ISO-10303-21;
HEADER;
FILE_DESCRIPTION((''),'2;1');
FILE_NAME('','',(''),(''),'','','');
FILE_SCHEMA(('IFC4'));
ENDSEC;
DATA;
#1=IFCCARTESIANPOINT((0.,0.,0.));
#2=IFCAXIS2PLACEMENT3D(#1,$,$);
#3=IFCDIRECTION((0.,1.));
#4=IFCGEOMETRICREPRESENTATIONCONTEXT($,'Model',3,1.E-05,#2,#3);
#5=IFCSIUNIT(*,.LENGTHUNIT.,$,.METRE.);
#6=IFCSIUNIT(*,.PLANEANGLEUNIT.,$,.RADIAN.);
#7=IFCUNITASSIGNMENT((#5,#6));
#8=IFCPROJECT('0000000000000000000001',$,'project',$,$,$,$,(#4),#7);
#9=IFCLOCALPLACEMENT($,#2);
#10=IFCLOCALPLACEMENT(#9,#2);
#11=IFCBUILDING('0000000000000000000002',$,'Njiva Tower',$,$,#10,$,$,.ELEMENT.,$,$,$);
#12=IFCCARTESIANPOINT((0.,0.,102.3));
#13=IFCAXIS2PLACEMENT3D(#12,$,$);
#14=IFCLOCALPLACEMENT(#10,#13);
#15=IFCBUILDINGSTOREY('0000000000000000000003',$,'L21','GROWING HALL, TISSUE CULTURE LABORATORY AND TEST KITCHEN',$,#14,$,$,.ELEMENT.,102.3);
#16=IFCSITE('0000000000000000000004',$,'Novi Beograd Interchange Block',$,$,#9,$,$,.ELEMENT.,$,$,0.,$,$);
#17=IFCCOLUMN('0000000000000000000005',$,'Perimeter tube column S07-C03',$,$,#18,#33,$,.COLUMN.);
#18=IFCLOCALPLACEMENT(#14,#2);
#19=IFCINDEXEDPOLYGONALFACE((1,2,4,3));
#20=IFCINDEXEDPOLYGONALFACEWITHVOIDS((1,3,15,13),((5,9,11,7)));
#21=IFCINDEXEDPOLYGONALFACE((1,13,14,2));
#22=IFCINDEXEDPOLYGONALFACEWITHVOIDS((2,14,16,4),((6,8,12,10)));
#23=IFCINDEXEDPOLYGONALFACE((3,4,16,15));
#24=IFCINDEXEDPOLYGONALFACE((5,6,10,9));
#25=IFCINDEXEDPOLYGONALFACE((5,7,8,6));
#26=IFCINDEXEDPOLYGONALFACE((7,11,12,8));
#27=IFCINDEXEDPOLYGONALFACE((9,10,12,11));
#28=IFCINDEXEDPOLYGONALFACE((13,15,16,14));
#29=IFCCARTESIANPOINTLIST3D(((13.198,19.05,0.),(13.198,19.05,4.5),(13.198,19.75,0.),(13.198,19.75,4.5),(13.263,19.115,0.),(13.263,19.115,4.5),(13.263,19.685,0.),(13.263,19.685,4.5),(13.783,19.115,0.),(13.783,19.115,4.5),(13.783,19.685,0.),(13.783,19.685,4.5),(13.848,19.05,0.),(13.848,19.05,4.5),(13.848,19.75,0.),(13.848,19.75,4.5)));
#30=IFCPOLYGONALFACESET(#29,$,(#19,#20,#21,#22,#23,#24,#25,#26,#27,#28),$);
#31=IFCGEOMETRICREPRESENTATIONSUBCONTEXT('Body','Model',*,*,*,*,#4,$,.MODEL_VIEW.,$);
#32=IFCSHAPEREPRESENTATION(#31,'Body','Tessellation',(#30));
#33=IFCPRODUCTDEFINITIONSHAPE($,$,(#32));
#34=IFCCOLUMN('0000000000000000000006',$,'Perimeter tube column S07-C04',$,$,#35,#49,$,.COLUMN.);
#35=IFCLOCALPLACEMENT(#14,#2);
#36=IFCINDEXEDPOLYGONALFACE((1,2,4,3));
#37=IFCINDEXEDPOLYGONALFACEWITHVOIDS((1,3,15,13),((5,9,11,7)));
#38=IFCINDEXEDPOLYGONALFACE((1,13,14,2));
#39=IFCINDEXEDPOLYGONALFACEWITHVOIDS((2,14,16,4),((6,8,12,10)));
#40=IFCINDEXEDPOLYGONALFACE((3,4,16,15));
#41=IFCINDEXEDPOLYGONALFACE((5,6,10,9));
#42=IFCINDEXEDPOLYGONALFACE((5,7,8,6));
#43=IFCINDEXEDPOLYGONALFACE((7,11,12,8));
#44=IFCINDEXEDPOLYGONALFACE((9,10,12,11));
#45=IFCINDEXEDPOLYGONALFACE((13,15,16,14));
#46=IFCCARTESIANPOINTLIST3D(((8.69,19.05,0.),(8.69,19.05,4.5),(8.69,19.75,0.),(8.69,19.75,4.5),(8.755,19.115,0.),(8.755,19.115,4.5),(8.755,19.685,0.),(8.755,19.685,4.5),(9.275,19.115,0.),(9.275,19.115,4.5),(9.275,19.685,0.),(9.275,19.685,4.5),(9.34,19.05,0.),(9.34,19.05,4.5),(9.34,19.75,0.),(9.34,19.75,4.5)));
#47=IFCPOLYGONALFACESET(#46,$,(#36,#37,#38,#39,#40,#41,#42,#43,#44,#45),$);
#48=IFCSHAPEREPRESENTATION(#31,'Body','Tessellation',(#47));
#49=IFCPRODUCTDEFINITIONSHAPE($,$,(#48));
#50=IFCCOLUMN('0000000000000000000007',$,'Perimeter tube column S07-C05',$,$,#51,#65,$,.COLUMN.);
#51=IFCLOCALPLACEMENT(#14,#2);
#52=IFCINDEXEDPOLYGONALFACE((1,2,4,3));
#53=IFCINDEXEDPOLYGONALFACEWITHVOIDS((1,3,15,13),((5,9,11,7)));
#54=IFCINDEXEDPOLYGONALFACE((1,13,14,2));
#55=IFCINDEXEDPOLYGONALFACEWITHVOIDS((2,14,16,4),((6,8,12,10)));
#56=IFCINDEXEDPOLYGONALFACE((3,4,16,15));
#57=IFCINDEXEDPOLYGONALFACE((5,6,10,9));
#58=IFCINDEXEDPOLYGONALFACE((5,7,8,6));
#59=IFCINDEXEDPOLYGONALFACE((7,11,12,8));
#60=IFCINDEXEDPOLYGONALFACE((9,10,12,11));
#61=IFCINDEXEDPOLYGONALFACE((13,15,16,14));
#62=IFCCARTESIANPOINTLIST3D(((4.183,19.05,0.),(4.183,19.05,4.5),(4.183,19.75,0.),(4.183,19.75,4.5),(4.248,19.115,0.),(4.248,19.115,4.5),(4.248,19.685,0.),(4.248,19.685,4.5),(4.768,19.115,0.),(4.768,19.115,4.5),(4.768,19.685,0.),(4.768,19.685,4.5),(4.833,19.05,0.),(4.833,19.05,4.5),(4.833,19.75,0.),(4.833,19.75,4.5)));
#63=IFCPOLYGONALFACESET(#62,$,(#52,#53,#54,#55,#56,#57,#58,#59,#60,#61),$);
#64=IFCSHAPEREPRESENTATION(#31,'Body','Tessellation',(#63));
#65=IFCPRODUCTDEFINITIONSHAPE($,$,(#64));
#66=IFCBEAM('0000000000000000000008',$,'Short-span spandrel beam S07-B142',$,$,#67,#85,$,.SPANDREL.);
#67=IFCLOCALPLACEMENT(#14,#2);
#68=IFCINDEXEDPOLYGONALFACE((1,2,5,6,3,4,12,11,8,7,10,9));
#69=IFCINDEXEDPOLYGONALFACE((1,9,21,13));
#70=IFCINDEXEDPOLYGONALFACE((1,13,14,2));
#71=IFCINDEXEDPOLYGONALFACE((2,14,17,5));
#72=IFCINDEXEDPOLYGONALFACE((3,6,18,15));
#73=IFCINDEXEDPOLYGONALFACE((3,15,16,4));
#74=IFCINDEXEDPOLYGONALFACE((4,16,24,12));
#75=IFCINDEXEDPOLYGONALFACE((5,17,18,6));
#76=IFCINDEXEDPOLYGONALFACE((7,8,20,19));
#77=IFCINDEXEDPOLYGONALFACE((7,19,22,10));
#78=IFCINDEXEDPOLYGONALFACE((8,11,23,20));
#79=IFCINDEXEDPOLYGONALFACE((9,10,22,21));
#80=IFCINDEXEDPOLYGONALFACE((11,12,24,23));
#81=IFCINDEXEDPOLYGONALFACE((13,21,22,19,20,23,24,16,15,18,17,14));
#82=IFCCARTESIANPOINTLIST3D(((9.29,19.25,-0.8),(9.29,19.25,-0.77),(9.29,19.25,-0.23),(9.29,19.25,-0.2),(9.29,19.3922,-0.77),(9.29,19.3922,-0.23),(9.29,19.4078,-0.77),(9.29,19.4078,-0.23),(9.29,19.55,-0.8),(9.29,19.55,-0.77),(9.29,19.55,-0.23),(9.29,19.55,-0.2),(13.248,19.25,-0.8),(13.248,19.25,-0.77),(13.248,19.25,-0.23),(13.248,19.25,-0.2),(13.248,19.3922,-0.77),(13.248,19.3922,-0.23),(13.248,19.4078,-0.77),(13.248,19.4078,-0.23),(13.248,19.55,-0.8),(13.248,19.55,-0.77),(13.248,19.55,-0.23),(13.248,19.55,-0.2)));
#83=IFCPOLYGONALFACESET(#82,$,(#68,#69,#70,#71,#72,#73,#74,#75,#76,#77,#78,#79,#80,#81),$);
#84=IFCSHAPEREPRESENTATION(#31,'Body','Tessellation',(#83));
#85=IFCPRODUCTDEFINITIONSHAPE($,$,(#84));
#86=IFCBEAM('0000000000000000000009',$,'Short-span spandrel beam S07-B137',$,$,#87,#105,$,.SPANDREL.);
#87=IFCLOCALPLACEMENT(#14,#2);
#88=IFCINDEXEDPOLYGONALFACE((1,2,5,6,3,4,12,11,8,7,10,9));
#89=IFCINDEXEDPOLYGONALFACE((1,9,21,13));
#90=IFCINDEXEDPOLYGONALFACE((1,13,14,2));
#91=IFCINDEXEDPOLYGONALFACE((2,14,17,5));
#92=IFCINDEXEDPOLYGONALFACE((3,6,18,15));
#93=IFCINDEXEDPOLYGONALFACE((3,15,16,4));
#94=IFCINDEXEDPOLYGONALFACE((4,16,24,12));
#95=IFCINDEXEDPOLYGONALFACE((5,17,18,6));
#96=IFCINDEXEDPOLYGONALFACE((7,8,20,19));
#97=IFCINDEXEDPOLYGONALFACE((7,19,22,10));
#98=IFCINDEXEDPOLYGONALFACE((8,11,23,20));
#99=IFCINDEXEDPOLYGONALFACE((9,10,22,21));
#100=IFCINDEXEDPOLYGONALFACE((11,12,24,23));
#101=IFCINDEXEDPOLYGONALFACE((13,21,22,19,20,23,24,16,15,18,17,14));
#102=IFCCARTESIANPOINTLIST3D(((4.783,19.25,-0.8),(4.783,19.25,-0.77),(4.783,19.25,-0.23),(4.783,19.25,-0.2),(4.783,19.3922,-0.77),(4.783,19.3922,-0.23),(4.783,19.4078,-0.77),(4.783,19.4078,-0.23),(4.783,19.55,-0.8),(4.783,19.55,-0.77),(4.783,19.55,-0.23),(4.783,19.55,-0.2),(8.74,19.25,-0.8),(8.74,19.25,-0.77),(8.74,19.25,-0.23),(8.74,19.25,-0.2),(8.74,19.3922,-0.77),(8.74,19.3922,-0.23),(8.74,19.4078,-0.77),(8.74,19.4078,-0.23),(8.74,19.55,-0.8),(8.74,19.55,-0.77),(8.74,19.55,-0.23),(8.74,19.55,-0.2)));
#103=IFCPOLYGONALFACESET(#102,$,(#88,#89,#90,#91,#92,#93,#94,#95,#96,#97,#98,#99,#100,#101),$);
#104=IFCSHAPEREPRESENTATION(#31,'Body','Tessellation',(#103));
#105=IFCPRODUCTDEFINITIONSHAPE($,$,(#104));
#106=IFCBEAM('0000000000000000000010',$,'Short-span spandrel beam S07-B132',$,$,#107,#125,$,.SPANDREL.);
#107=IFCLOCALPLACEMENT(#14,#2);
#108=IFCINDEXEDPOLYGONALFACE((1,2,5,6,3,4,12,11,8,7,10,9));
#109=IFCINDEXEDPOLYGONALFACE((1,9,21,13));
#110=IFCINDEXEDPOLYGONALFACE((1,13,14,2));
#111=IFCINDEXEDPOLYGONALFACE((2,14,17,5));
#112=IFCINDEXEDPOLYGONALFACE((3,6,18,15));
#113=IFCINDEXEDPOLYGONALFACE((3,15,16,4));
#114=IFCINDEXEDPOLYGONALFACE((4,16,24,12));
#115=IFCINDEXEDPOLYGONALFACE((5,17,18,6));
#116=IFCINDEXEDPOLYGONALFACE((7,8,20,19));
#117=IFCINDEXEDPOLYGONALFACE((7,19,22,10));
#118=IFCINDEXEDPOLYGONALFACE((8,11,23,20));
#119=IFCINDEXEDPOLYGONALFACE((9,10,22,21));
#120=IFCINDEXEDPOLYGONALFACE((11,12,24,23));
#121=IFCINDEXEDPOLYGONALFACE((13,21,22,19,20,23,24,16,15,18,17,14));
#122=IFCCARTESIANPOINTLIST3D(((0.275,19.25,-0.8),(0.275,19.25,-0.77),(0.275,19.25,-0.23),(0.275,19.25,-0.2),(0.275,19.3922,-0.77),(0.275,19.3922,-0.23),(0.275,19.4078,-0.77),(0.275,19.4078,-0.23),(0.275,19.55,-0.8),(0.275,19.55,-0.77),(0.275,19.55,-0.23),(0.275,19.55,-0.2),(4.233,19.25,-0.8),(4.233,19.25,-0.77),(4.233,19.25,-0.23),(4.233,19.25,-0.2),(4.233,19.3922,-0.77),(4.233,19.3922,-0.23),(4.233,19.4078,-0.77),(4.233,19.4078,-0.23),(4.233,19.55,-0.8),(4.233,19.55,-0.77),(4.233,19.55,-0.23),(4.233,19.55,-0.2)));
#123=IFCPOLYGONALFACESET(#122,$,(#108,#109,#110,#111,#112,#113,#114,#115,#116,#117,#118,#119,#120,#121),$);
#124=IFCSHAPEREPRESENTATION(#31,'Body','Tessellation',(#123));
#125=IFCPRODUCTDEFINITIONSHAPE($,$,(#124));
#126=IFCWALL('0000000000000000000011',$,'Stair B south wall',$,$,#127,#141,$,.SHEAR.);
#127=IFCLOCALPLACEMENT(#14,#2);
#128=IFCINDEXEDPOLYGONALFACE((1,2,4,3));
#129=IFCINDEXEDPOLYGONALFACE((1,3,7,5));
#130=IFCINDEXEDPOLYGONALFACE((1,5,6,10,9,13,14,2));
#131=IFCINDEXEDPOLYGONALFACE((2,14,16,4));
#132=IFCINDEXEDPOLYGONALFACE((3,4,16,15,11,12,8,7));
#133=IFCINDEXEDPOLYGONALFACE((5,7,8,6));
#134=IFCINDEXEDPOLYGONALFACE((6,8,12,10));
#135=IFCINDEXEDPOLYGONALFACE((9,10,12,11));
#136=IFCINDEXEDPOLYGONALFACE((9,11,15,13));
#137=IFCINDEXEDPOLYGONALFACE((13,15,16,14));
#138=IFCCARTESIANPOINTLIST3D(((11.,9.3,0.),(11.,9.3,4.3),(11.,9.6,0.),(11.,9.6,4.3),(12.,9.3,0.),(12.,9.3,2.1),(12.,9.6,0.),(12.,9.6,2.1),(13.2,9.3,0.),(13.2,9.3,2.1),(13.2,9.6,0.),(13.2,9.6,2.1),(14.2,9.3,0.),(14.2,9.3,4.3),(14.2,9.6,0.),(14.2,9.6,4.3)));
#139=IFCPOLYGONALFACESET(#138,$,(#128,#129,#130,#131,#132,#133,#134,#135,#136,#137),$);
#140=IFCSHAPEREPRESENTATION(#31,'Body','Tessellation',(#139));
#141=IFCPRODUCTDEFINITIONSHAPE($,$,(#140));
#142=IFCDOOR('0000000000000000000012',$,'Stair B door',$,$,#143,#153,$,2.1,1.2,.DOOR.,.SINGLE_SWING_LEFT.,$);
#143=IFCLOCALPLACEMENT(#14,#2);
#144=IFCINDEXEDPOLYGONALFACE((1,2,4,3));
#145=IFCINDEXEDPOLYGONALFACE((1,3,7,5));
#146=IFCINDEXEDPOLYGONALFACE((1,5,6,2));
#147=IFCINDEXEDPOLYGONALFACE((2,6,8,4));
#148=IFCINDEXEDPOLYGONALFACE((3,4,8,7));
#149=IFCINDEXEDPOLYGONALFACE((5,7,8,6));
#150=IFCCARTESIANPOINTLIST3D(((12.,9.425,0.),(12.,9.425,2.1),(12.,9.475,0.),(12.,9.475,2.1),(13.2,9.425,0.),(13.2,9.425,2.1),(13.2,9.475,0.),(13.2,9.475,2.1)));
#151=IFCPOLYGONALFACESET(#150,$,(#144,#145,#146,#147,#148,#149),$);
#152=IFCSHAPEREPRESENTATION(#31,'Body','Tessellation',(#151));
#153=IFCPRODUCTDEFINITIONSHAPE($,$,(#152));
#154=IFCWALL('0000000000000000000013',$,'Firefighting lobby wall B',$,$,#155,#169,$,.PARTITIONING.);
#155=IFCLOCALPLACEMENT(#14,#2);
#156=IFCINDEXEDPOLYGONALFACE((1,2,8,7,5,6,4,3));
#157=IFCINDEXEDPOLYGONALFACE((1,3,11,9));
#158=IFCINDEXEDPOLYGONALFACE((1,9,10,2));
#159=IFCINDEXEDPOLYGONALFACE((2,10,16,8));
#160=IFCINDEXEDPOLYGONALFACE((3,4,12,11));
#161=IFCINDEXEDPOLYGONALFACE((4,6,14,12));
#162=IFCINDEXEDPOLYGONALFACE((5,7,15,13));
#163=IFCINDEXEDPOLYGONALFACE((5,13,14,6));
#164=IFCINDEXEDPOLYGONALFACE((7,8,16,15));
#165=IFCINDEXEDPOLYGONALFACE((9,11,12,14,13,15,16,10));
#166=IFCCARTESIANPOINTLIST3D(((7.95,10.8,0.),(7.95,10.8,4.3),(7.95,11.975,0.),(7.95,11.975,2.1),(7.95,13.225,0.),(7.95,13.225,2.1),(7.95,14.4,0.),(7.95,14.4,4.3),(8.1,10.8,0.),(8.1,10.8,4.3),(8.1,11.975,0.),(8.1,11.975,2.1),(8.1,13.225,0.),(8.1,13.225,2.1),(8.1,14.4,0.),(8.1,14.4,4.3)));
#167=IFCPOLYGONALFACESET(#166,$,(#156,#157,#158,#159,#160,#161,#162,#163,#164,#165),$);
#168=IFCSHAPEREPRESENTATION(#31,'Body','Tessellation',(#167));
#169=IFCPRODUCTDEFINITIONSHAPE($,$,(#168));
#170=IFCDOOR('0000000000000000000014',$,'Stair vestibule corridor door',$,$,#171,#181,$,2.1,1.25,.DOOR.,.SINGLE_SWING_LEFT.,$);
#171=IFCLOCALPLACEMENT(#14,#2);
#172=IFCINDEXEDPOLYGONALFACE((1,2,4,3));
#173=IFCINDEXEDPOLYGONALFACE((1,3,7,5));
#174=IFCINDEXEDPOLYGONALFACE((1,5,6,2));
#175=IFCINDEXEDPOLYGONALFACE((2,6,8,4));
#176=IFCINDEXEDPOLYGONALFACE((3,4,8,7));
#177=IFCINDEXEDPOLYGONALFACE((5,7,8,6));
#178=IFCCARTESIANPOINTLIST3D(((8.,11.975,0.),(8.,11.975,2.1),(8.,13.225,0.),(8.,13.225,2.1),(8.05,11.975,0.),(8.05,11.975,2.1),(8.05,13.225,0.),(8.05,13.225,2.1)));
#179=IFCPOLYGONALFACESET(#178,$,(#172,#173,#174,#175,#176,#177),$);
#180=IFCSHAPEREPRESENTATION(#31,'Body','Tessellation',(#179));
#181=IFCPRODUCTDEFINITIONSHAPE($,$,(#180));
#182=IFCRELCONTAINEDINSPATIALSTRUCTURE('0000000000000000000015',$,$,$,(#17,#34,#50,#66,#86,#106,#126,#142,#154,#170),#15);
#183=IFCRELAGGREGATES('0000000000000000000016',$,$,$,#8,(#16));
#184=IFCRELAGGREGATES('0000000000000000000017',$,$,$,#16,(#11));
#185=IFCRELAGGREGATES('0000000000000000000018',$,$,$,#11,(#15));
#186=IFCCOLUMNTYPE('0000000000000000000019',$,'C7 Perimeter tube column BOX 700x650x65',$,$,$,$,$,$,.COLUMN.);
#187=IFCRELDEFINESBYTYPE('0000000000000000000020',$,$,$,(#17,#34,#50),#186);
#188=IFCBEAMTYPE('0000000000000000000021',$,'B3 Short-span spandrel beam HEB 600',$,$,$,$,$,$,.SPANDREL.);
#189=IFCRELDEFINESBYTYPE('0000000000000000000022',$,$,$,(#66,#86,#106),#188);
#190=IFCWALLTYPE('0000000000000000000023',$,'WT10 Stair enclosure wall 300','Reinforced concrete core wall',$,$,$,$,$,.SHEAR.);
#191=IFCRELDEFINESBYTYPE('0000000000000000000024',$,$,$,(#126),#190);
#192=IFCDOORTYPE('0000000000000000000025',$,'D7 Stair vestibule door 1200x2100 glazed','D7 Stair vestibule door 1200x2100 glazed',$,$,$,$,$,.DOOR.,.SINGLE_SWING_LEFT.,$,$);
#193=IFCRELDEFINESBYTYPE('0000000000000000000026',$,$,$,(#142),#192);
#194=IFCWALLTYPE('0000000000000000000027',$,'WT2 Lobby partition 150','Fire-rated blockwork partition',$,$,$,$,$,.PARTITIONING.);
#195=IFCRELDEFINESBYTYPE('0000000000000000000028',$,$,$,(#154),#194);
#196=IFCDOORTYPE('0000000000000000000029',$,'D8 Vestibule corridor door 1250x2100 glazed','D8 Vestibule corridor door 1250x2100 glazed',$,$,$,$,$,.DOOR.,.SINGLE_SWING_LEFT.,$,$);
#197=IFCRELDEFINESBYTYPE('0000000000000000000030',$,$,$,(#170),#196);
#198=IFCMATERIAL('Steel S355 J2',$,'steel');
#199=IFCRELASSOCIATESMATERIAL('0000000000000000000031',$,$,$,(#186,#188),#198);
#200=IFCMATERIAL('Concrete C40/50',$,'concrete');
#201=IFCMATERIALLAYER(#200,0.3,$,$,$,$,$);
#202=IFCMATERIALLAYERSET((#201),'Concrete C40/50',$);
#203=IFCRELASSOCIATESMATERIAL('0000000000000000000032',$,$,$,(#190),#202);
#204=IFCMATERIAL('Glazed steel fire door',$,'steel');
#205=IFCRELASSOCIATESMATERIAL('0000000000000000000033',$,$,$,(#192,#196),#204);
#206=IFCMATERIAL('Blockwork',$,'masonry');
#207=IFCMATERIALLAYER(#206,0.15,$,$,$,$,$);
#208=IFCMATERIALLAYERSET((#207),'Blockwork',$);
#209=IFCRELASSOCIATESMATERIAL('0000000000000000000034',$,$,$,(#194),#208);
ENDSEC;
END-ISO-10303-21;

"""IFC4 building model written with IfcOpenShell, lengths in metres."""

from ifc_helpers import new_model, si_unit, direction, frame, frame_2d, origin, origin_2d, place, context, subcontext, project, spatial, rectangle, hollow_rectangle, i_section, extrude, material, layer, layer_set, material_profile, profile_set, type_object, element, fill, save


model = new_model("IFC4")

# Units and contexts
model_context = context("Model", 3, precision=1e-05, world=origin(), true_north=direction((0.0, 1.0)))
body_context = subcontext(model_context, "Body", "Model", "MODEL_VIEW")
ifc_project = project(units=[si_unit("LENGTHUNIT", "METRE"), si_unit("PLANEANGLEUNIT", "RADIAN")], contexts=[model_context])

# Site, building, storey
site_placement = place(None, origin())
site = spatial("IfcSite", under=ifc_project, at=site_placement, Name="Novi Beograd Interchange Block", CompositionType="ELEMENT", RefElevation=0.0)
building_placement = place(site_placement, origin())
building = spatial("IfcBuilding", under=site, at=building_placement, Name="Njiva Tower", CompositionType="ELEMENT")
storey_placement = place(building_placement, frame((0.0, 0.0, 102.3)))
storey = spatial("IfcBuildingStorey", under=building, at=storey_placement, Name="L21", Description="GROWING HALL, TISSUE CULTURE LABORATORY AND TEST KITCHEN", CompositionType="ELEMENT", Elevation=102.3)

# Columns
ifc_material_1 = material(Name="Steel S355 J2", Category="steel")
ifc_material_profile_1 = material_profile(ifc_material_1, hollow_rectangle(XDim=0.65, YDim=0.7, WallThickness=0.065, at=origin_2d()), Name="BOX 700x650x65")
ifc_profile_set_1 = profile_set([ifc_material_profile_1], Name="Steel S355 J2")
column_type = type_object("IfcColumnType", Name="C7 Perimeter tube column BOX 700x650x65", PredefinedType="COLUMN", material=ifc_profile_set_1)
for number, where, z_axis, x_axis, name in (
    (1, (13.523, 19.4, 0.0), (0.0, 0.0, 1.0), (-1.0, 0.0, 0.0), "Perimeter tube column S07-C03"),
    (2, (9.015, 19.4, 0.0), (0.0, 0.0, 1.0), (-1.0, 0.0, 0.0), "Perimeter tube column S07-C04"),
    (3, (4.508, 19.4, 0.0), (0.0, 0.0, 1.0), (-1.0, 0.0, 0.0), "Perimeter tube column S07-C05"),
):
    element("IfcColumn", number, at=place(storey_placement, frame(where, z_axis=z_axis, x_axis=x_axis)), inside=storey, type_object=column_type, Name=name, PredefinedType="COLUMN", context=body_context, shape_type="SweptSolid", body=[
        extrude(hollow_rectangle(XDim=0.65, YDim=0.7, WallThickness=0.065, at=origin_2d()), origin(), (0.0, 0.0, 1.0), 4.5),
    ])

# Beams
ifc_material_profile_2 = material_profile(ifc_material_1, i_section(OverallWidth=0.3, OverallDepth=0.6, WebThickness=0.0155, FlangeThickness=0.03, at=origin_2d()), Name="HEB 600")
ifc_profile_set_2 = profile_set([ifc_material_profile_2], Name="Steel S355 J2")
beam_type = type_object("IfcBeamType", Name="B3 Short-span spandrel beam HEB 600", PredefinedType="SPANDREL", material=ifc_profile_set_2)
beam_1_placement = place(storey_placement, frame((13.248, 19.4, -0.5), z_axis=(-1.0, 0.0, 0.0), x_axis=(0.0, -1.0, 0.0)))
element("IfcBeam", 4, at=beam_1_placement, inside=storey, type_object=beam_type, Name="Short-span spandrel beam S07-B142", PredefinedType="SPANDREL", context=body_context, shape_type="SweptSolid", body=[
    extrude(i_section(OverallWidth=0.3, OverallDepth=0.6, WebThickness=0.0155, FlangeThickness=0.03, at=origin_2d()), origin(), (0.0, 0.0, 1.0), 3.958),
])
beam_2_placement = place(storey_placement, frame((8.74, 19.4, -0.5), z_axis=(-1.0, 0.0, 0.0), x_axis=(0.0, -1.0, 0.0)))
element("IfcBeam", 5, at=beam_2_placement, inside=storey, type_object=beam_type, Name="Short-span spandrel beam S07-B137", PredefinedType="SPANDREL", context=body_context, shape_type="SweptSolid", body=[
    extrude(i_section(OverallWidth=0.3, OverallDepth=0.6, WebThickness=0.0155, FlangeThickness=0.03, at=origin_2d()), origin(), (0.0, 0.0, 1.0), 3.957),
])
beam_3_placement = place(storey_placement, frame((4.233, 19.4, -0.5), z_axis=(-1.0, 0.0, 0.0), x_axis=(0.0, -1.0, 0.0)))
element("IfcBeam", 6, at=beam_3_placement, inside=storey, type_object=beam_type, Name="Short-span spandrel beam S07-B132", PredefinedType="SPANDREL", context=body_context, shape_type="SweptSolid", body=[
    extrude(i_section(OverallWidth=0.3, OverallDepth=0.6, WebThickness=0.0155, FlangeThickness=0.03, at=origin_2d()), origin(), (0.0, 0.0, 1.0), 3.958),
])

# Walls, openings, doors
ifc_material_2 = material(Name="Concrete C40/50", Category="concrete")
ifc_layer_1 = layer(ifc_material_2, 0.3)
ifc_layer_set_1 = layer_set([ifc_layer_1], Name="Concrete C40/50")
wall_type_1 = type_object("IfcWallType", Name="WT10 Stair enclosure wall 300", Description="Reinforced concrete core wall", PredefinedType="SHEAR", material=ifc_layer_set_1)
wall_1_placement = place(storey_placement, frame((11.0, 9.45, 0.0), z_axis=(0.0, 0.0, 1.0), x_axis=(1.0, 0.0, 0.0)))
wall_1 = element("IfcWall", 7, at=wall_1_placement, inside=storey, type_object=wall_type_1, Name="Stair B south wall", PredefinedType="SHEAR", context=body_context, shape_type="SweptSolid", body=[
    extrude(rectangle(XDim=3.2, YDim=0.3, at=frame_2d((1.6, 0.0))), origin(), (0.0, 0.0, 1.0), 4.3),
])
opening_1_placement = place(wall_1_placement, frame((1.0, 0.0, 0.0)))
opening_1 = element("IfcOpeningElement", 8, at=opening_1_placement, cuts=wall_1, PredefinedType="OPENING", context=body_context, shape_type="SweptSolid", body=[
    extrude(rectangle(XDim=1.2, YDim=2.1, at=frame_2d((0.6, 1.05))), frame((0.0, 0.16, 0.0), z_axis=(0.0, -1.0, 0.0), x_axis=(1.0, 0.0, 0.0)), (0.0, 0.0, 1.0), 0.32),
])
ifc_material_3 = material(Name="Glazed steel fire door", Category="steel")
door_type_1 = type_object("IfcDoorType", Name="D7 Stair vestibule door 1200x2100 glazed", Description="D7 Stair vestibule door 1200x2100 glazed", OperationType="SINGLE_SWING_LEFT", PredefinedType="DOOR", material=ifc_material_3)
door_1_placement = place(opening_1_placement, origin())
door_1 = element("IfcDoor", 9, at=door_1_placement, inside=storey, type_object=door_type_1, Name="Stair B door", OperationType="SINGLE_SWING_LEFT", OverallHeight=2.1, OverallWidth=1.2, PredefinedType="DOOR", context=body_context, shape_type="SweptSolid", body=[
    extrude(rectangle(XDim=1.2, YDim=2.1, at=frame_2d((0.6, 1.05))), frame((0.0, 0.025, 0.0), z_axis=(0.0, -1.0, 0.0), x_axis=(1.0, 0.0, 0.0)), (0.0, 0.0, 1.0), 0.05),
])
fill(opening_1, door_1)
ifc_material_4 = material(Name="Blockwork", Category="masonry")
ifc_layer_2 = layer(ifc_material_4, 0.15)
ifc_layer_set_2 = layer_set([ifc_layer_2], Name="Blockwork")
wall_type_2 = type_object("IfcWallType", Name="WT2 Lobby partition 150", Description="Fire-rated blockwork partition", PredefinedType="PARTITIONING", material=ifc_layer_set_2)
wall_2_placement = place(storey_placement, frame((8.025, 10.8, 0.0), z_axis=(0.0, 0.0, 1.0), x_axis=(0.0, 1.0, 0.0)))
wall_2 = element("IfcWall", 10, at=wall_2_placement, inside=storey, type_object=wall_type_2, Name="Firefighting lobby wall B", PredefinedType="PARTITIONING", context=body_context, shape_type="SweptSolid", body=[
    extrude(rectangle(XDim=3.6, YDim=0.15, at=frame_2d((1.8, 0.0))), origin(), (0.0, 0.0, 1.0), 4.3),
])
opening_2_placement = place(wall_2_placement, frame((1.175, 0.0, 0.0)))
opening_2 = element("IfcOpeningElement", 11, at=opening_2_placement, cuts=wall_2, PredefinedType="OPENING", context=body_context, shape_type="SweptSolid", body=[
    extrude(rectangle(XDim=1.25, YDim=2.1, at=frame_2d((0.625, 1.05))), frame((0.0, 0.085, 0.0), z_axis=(0.0, -1.0, 0.0), x_axis=(1.0, 0.0, 0.0)), (0.0, 0.0, 1.0), 0.17),
])
door_type_2 = type_object("IfcDoorType", Name="D8 Vestibule corridor door 1250x2100 glazed", Description="D8 Vestibule corridor door 1250x2100 glazed", OperationType="SINGLE_SWING_LEFT", PredefinedType="DOOR", material=ifc_material_3)
door_2_placement = place(opening_2_placement, origin())
door_2 = element("IfcDoor", 12, at=door_2_placement, inside=storey, type_object=door_type_2, Name="Stair vestibule corridor door", OperationType="SINGLE_SWING_LEFT", OverallHeight=2.1, OverallWidth=1.25, PredefinedType="DOOR", context=body_context, shape_type="SweptSolid", body=[
    extrude(rectangle(XDim=1.25, YDim=2.1, at=frame_2d((0.625, 1.05))), frame((0.0, 0.025, 0.0), z_axis=(0.0, -1.0, 0.0), x_axis=(1.0, 0.0, 0.0)), (0.0, 0.0, 1.0), 0.05),
])
fill(opening_2, door_2)

save(model, "model.ifc")
